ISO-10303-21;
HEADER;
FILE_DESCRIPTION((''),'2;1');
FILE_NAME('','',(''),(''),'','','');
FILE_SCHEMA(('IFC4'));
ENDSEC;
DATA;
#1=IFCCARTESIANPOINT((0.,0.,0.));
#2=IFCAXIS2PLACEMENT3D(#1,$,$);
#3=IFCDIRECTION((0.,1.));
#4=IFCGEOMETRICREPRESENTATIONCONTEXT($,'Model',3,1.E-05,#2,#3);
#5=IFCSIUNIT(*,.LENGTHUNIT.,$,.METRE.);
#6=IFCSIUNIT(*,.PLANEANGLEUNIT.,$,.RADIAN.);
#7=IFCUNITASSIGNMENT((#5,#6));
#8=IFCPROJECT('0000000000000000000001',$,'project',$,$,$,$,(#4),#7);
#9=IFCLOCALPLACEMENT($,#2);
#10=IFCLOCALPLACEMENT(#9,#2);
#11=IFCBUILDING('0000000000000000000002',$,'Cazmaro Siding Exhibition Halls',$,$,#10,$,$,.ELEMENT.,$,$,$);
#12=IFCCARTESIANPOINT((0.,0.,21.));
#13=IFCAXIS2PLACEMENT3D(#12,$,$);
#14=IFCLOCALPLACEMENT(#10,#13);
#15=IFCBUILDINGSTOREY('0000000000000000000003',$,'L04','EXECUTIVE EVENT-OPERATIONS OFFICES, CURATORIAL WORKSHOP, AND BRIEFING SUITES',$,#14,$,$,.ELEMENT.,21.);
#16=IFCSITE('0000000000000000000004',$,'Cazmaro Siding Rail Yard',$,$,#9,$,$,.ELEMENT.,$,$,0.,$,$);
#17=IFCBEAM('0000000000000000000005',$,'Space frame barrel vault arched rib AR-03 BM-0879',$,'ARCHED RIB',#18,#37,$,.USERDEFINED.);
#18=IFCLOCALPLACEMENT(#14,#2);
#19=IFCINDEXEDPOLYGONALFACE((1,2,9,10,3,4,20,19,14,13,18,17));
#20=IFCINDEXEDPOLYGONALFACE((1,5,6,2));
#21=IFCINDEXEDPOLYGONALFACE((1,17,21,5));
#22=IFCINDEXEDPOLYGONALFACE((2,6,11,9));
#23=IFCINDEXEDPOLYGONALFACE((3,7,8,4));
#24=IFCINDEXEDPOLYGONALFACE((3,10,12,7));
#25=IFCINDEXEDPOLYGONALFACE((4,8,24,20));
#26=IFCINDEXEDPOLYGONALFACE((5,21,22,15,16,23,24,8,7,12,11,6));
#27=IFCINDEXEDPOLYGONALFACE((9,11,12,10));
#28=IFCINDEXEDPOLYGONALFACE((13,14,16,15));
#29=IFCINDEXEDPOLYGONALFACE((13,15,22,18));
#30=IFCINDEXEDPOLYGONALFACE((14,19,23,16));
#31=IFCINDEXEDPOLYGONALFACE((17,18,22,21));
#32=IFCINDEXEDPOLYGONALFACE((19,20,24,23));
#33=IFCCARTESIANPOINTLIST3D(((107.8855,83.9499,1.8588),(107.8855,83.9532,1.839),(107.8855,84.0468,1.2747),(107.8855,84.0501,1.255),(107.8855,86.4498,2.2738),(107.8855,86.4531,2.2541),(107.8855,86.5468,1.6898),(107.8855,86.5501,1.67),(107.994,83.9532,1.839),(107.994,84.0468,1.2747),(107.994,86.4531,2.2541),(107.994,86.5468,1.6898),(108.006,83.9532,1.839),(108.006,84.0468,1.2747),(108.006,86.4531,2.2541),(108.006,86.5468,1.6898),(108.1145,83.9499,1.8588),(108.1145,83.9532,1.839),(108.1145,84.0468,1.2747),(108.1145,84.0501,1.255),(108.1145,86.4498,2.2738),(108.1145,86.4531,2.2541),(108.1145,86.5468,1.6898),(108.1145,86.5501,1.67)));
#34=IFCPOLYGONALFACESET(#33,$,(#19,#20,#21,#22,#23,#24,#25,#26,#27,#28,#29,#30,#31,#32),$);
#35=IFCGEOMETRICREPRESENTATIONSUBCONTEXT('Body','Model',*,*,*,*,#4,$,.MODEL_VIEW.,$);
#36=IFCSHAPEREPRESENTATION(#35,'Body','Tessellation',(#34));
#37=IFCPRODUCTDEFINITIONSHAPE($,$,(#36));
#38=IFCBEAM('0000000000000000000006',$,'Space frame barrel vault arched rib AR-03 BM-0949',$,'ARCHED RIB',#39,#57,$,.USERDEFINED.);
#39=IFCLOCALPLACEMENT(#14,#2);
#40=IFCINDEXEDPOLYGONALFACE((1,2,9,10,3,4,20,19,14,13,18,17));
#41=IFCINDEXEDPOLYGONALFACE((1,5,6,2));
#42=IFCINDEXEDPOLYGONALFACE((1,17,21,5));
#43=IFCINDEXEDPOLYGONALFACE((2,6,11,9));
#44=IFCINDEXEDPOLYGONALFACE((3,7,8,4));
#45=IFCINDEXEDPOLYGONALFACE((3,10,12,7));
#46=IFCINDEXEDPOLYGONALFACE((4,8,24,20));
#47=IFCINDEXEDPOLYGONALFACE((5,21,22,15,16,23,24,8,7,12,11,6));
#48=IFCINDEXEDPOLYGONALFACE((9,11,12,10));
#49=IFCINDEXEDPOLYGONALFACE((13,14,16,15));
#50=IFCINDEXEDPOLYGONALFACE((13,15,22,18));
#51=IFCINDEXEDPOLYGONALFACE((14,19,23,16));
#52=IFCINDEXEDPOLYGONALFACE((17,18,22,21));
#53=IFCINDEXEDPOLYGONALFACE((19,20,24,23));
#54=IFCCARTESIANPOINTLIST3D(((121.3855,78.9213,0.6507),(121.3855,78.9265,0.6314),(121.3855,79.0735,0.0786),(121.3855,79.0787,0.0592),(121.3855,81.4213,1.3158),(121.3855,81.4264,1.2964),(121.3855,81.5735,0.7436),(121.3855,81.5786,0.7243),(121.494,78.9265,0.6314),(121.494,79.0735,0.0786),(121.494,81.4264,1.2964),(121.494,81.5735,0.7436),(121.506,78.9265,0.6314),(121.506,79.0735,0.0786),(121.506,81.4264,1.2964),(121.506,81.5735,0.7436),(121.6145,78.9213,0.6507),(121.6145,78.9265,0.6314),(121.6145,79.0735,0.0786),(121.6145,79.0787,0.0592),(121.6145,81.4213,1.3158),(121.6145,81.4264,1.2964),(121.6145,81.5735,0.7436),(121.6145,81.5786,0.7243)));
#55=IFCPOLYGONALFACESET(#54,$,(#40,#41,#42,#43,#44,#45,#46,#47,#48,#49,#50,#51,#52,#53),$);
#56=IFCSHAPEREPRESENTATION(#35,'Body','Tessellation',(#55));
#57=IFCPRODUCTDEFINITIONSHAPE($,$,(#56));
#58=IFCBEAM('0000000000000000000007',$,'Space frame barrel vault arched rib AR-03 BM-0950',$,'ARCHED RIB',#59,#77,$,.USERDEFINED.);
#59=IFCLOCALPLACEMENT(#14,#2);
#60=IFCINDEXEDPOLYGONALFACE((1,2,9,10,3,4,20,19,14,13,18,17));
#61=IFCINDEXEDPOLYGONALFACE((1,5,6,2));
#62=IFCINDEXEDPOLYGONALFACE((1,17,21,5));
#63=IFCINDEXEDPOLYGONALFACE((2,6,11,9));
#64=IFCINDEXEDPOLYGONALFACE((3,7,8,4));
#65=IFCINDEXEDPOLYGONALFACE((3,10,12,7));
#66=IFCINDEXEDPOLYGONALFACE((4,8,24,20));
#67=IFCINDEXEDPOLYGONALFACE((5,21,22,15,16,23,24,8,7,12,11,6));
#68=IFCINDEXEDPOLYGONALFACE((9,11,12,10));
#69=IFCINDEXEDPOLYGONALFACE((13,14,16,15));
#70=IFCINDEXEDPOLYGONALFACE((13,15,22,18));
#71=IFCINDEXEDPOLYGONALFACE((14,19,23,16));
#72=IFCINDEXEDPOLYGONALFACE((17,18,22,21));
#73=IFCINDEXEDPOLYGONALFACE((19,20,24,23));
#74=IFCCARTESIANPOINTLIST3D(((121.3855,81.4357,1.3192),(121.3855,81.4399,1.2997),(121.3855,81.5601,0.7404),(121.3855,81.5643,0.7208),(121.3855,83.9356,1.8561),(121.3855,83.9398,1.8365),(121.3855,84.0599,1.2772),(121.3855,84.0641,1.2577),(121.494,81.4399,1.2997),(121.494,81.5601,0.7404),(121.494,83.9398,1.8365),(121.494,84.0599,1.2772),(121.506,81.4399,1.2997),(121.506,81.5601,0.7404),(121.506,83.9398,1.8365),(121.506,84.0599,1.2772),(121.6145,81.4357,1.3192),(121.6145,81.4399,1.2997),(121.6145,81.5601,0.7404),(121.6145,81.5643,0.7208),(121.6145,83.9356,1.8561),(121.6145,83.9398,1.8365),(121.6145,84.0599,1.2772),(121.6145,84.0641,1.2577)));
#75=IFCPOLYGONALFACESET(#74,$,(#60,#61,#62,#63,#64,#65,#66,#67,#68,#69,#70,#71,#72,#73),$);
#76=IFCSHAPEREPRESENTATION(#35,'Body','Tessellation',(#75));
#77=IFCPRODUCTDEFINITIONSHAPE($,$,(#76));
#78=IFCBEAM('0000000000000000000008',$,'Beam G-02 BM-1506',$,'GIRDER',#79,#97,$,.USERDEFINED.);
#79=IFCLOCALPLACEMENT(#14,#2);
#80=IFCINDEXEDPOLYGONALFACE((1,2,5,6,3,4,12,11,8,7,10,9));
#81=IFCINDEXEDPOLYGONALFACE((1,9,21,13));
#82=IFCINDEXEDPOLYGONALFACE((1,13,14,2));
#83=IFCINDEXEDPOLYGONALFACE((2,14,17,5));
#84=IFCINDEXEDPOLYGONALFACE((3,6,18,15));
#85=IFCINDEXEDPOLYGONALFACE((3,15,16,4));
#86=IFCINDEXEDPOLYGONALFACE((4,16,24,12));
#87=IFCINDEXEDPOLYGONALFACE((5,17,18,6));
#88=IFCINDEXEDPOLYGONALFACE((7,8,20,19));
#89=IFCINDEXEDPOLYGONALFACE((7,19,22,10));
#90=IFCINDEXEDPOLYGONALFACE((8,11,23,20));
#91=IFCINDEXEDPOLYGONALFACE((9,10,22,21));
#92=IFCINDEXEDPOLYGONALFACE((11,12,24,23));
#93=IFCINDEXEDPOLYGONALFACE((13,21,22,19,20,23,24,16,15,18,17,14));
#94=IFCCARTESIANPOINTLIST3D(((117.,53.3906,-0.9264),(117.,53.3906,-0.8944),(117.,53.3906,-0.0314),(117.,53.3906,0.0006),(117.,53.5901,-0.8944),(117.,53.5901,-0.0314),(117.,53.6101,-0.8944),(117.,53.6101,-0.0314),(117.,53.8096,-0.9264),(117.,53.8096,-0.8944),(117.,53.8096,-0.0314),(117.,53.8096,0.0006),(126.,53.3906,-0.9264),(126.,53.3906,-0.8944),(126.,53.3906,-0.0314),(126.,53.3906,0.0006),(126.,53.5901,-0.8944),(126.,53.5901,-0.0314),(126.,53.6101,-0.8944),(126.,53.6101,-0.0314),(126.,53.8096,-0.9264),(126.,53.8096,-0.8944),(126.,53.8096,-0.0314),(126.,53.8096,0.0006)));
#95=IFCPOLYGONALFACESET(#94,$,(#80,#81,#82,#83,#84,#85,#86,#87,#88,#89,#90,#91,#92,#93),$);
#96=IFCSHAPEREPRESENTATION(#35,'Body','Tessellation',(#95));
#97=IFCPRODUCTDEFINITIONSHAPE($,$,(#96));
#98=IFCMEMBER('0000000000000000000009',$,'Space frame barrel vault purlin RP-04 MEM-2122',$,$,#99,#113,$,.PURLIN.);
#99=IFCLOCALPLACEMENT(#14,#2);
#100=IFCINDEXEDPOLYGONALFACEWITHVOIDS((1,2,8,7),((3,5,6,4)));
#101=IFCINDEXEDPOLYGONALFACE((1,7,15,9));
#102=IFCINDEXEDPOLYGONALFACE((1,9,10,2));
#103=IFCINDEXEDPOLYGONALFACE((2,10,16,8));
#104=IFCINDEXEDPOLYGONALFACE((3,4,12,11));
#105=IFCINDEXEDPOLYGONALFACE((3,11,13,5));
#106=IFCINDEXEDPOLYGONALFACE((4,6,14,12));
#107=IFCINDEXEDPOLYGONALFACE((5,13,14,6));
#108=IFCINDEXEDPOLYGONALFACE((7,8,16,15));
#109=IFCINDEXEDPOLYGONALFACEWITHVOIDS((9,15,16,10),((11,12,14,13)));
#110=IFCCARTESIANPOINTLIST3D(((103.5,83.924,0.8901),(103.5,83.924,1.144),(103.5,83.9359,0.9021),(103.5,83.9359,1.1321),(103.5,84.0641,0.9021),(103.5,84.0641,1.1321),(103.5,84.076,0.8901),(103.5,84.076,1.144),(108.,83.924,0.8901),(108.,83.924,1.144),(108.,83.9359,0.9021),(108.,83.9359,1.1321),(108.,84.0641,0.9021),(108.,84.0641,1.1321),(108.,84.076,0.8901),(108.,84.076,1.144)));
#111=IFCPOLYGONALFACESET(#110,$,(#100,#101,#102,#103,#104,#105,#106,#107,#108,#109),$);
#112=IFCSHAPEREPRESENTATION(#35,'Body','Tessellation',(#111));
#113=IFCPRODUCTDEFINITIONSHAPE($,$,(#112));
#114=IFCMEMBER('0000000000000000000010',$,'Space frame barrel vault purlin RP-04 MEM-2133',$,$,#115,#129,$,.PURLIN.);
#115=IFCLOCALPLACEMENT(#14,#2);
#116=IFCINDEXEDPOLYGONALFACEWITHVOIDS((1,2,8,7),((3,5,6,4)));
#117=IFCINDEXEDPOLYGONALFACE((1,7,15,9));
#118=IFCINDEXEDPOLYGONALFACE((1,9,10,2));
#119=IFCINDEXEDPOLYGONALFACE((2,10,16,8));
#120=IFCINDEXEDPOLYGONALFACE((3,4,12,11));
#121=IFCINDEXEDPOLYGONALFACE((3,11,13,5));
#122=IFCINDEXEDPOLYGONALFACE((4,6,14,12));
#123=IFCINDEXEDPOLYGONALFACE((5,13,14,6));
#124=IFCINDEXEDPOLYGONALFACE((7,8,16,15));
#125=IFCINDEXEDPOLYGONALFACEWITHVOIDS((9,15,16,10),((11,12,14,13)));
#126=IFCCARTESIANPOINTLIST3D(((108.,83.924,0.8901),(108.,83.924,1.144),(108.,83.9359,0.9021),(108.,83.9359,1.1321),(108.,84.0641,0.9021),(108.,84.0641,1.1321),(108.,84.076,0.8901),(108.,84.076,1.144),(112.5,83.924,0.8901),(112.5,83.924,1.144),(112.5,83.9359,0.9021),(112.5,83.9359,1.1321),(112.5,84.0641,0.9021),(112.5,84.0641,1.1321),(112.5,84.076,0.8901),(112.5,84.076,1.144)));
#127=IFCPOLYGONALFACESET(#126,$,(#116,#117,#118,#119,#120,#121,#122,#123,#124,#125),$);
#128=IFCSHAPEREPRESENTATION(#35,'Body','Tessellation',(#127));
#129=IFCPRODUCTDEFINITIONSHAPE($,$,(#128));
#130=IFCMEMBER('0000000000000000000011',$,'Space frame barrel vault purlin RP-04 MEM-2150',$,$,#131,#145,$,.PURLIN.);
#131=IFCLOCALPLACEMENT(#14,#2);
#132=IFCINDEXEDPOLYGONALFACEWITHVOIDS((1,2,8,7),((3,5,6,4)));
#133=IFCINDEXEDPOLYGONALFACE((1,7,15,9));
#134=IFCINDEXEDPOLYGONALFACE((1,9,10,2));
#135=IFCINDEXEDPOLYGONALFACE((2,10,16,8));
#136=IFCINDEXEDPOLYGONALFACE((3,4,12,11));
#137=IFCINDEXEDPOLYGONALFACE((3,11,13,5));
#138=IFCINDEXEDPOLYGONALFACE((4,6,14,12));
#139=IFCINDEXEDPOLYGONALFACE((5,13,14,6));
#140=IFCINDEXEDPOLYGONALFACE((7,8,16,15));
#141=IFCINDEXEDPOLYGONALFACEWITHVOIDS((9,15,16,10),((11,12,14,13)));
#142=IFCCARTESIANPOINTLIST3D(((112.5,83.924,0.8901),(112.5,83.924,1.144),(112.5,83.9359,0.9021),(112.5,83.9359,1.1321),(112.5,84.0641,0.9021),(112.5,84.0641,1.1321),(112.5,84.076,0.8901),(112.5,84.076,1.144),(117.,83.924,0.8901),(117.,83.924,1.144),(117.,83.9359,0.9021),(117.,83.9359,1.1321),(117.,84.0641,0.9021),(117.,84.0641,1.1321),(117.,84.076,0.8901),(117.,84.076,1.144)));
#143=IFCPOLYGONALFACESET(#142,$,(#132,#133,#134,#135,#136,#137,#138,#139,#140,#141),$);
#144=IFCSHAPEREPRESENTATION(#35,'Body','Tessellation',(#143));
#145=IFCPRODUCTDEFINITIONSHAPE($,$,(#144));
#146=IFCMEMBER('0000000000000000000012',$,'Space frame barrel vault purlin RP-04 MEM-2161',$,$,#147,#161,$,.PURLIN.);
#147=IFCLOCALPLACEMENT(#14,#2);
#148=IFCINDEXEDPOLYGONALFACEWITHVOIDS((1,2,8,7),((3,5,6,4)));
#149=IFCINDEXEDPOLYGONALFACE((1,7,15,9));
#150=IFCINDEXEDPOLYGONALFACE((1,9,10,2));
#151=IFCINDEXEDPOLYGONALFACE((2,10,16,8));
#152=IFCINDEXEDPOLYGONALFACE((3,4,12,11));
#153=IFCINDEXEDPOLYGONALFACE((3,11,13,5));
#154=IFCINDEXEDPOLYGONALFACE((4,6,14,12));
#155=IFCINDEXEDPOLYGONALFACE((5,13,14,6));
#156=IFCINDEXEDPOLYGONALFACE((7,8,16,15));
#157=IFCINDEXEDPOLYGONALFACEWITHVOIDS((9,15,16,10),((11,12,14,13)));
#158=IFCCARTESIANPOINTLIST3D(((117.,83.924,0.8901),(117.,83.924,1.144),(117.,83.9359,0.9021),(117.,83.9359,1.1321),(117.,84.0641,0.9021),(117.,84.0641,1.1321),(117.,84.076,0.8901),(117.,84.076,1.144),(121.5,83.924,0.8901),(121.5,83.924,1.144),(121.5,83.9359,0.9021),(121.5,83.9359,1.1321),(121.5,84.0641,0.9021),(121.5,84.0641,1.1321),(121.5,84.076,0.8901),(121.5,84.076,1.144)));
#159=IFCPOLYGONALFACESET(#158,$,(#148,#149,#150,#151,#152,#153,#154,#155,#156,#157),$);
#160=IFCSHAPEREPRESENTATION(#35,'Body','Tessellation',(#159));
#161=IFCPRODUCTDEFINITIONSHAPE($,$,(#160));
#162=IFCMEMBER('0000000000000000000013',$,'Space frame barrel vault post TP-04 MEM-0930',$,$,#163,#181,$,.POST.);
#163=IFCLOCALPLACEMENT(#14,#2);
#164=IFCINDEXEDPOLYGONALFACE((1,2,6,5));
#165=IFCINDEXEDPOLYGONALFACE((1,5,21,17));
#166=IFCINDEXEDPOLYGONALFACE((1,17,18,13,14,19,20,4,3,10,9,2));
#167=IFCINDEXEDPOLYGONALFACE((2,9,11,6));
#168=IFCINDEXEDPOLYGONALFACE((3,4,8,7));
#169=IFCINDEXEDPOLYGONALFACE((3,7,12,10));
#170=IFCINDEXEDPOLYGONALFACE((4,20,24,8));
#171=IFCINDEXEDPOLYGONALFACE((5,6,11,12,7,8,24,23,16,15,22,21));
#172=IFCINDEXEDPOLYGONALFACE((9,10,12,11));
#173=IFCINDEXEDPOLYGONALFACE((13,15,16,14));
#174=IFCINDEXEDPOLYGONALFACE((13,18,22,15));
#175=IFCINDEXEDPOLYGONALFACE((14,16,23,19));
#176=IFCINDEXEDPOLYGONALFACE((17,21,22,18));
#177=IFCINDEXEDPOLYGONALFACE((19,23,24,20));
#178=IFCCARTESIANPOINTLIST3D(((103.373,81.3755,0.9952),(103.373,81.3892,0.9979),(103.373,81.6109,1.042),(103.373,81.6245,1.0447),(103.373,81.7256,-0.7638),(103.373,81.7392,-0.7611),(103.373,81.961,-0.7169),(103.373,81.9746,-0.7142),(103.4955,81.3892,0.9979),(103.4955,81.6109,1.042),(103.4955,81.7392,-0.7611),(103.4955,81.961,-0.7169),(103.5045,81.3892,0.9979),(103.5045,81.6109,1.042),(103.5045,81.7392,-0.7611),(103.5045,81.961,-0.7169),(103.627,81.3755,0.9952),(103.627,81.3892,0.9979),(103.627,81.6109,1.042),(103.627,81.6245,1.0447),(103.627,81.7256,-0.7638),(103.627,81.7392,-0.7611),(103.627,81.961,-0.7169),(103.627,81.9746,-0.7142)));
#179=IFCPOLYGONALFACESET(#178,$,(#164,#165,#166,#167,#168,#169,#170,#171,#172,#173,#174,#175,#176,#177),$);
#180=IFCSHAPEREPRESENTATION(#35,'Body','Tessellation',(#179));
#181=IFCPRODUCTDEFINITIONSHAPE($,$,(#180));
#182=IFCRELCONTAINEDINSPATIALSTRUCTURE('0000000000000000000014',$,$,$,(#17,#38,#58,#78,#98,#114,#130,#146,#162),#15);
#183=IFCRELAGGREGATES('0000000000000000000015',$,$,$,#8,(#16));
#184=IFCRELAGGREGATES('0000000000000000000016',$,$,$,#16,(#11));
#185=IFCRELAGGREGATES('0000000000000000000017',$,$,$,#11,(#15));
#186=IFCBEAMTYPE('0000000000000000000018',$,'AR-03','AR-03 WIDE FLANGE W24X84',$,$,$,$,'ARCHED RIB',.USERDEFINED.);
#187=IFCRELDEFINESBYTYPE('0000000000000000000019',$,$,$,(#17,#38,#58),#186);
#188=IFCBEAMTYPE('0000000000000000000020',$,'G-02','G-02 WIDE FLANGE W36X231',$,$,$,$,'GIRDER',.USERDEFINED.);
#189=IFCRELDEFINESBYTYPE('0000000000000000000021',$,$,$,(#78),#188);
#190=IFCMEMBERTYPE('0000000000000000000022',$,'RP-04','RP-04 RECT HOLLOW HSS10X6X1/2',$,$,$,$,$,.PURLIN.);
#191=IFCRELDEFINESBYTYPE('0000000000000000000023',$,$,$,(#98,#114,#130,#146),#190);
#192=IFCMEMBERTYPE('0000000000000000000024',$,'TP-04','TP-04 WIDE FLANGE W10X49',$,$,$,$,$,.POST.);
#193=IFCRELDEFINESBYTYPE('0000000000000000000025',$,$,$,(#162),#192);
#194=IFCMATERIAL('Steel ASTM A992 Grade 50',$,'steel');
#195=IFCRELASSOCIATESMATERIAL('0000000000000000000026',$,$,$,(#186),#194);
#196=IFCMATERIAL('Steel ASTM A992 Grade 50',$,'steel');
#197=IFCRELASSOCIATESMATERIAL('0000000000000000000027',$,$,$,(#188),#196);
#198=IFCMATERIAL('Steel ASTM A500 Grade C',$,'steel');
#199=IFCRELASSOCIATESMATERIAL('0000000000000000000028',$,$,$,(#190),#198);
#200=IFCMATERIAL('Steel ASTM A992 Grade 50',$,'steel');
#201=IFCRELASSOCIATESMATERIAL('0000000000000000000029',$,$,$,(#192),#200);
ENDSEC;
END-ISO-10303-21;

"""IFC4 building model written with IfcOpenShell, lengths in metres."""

from ifc_helpers import new_model, si_unit, direction, frame, origin, origin_2d, place, context, subcontext, project, spatial, hollow_rectangle, i_section, extrude, material, material_profile, profile_set, type_object, element, save


model = new_model("IFC4")

# Units and contexts
model_context = context("Model", 3, precision=1e-05, world=origin(), true_north=direction((0.0, 1.0)))
body_context = subcontext(model_context, "Body", "Model", "MODEL_VIEW")
ifc_project = project(units=[si_unit("LENGTHUNIT", "METRE"), si_unit("PLANEANGLEUNIT", "RADIAN")], contexts=[model_context])

# Site, building, storey
site_placement = place(None, origin())
site = spatial("IfcSite", under=ifc_project, at=site_placement, Name="Cazmaro Siding Rail Yard", CompositionType="ELEMENT", RefElevation=0.0)
building_placement = place(site_placement, origin())
building = spatial("IfcBuilding", under=site, at=building_placement, Name="Cazmaro Siding Exhibition Halls", CompositionType="ELEMENT")
storey_placement = place(building_placement, frame((0.0, 0.0, 21.0)))
storey = spatial("IfcBuildingStorey", under=building, at=storey_placement, Name="L04", Description="EXECUTIVE EVENT-OPERATIONS OFFICES, CURATORIAL WORKSHOP, AND BRIEFING SUITES", CompositionType="ELEMENT", Elevation=21.0)

# Beams
ifc_material_1 = material(Name="Steel ASTM A992 Grade 50", Category="steel")
ifc_material_profile_1 = material_profile(ifc_material_1, i_section(OverallWidth=0.229, OverallDepth=0.6121, WebThickness=0.012, FlangeThickness=0.02, at=origin_2d()), Name="W24X84")
ifc_profile_set_1 = profile_set([ifc_material_profile_1], Name="Steel ASTM A992 Grade 50")
beam_type_1 = type_object("IfcBeamType", Name="AR-03", Description="AR-03 WIDE FLANGE W24X84", ElementType="ARCHED RIB", PredefinedType="USERDEFINED", material=ifc_profile_set_1)
beam_1_placement = place(storey_placement, frame((108.0, 84.0, 1.5569), z_axis=(0.0, 0.986498, 0.163774), x_axis=(-1.0, 0.0, 0.0)))
element("IfcBeam", 1, at=beam_1_placement, inside=storey, type_object=beam_type_1, Name="Space frame barrel vault arched rib AR-03 BM-0879", ObjectType="ARCHED RIB", PredefinedType="USERDEFINED", context=body_context, shape_type="SweptSolid", body=[
    extrude(i_section(OverallWidth=0.229, OverallDepth=0.6121, WebThickness=0.012, FlangeThickness=0.02, at=origin_2d()), origin(), (0.0, 0.0, 1.0), 2.5342),
])
beam_2_placement = place(storey_placement, frame((121.5, 79.0, 0.355), z_axis=(0.0, 0.966391, 0.257075), x_axis=(-1.0, 0.0, 0.0)))
element("IfcBeam", 2, at=beam_2_placement, inside=storey, type_object=beam_type_1, Name="Space frame barrel vault arched rib AR-03 BM-0949", ObjectType="ARCHED RIB", PredefinedType="USERDEFINED", context=body_context, shape_type="SweptSolid", body=[
    extrude(i_section(OverallWidth=0.229, OverallDepth=0.6121, WebThickness=0.012, FlangeThickness=0.02, at=origin_2d()), origin(), (0.0, 0.0, 1.0), 2.5869),
])
beam_3_placement = place(storey_placement, frame((121.5, 81.5, 1.02), z_axis=(0.0, 0.97771, 0.209959), x_axis=(-1.0, 0.0, 0.0)))
element("IfcBeam", 3, at=beam_3_placement, inside=storey, type_object=beam_type_1, Name="Space frame barrel vault arched rib AR-03 BM-0950", ObjectType="ARCHED RIB", PredefinedType="USERDEFINED", context=body_context, shape_type="SweptSolid", body=[
    extrude(i_section(OverallWidth=0.229, OverallDepth=0.6121, WebThickness=0.012, FlangeThickness=0.02, at=origin_2d()), origin(), (0.0, 0.0, 1.0), 2.5569),
])
ifc_material_2 = material(Name="Steel ASTM A992 Grade 50", Category="steel")
ifc_material_profile_2 = material_profile(ifc_material_2, i_section(OverallWidth=0.4189, OverallDepth=0.927, WebThickness=0.02, FlangeThickness=0.032, at=origin_2d()), Name="W36X231")
ifc_profile_set_2 = profile_set([ifc_material_profile_2], Name="Steel ASTM A992 Grade 50")
beam_type_2 = type_object("IfcBeamType", Name="G-02", Description="G-02 WIDE FLANGE W36X231", ElementType="GIRDER", PredefinedType="USERDEFINED", material=ifc_profile_set_2)
beam_4_placement = place(storey_placement, frame((117.0, 53.6001, -0.4629), z_axis=(1.0, 0.0, 0.0), x_axis=(0.0, 1.0, 0.0)))
element("IfcBeam", 4, at=beam_4_placement, inside=storey, type_object=beam_type_2, Name="Beam G-02 BM-1506", ObjectType="GIRDER", PredefinedType="USERDEFINED", context=body_context, shape_type="SweptSolid", body=[
    extrude(i_section(OverallWidth=0.4189, OverallDepth=0.927, WebThickness=0.02, FlangeThickness=0.032, at=origin_2d()), origin(), (0.0, 0.0, 1.0), 9.0),
])

# Members
ifc_material_3 = material(Name="Steel ASTM A500 Grade C", Category="steel")
ifc_material_profile_3 = material_profile(ifc_material_3, hollow_rectangle(XDim=0.1521, YDim=0.2539, WallThickness=0.012, at=origin_2d()), Name="HSS10X6X1/2")
ifc_profile_set_3 = profile_set([ifc_material_profile_3], Name="Steel ASTM A500 Grade C")
member_type_1 = type_object("IfcMemberType", Name="RP-04", Description="RP-04 RECT HOLLOW HSS10X6X1/2", PredefinedType="PURLIN", material=ifc_profile_set_3)
for number, where, z_axis, x_axis, name in (
    (5, (103.5, 84.0, 1.0171), (1.0, 0.0, 0.0), (0.0, 1.0, 0.0), "Space frame barrel vault purlin RP-04 MEM-2122"),
    (6, (108.0, 84.0, 1.0171), (1.0, 0.0, 0.0), (0.0, 1.0, 0.0), "Space frame barrel vault purlin RP-04 MEM-2133"),
    (7, (112.5, 84.0, 1.0171), (1.0, 0.0, 0.0), (0.0, 1.0, 0.0), "Space frame barrel vault purlin RP-04 MEM-2150"),
    (8, (117.0, 84.0, 1.0171), (1.0, 0.0, 0.0), (0.0, 1.0, 0.0), "Space frame barrel vault purlin RP-04 MEM-2161"),
):
    element("IfcMember", number, at=place(storey_placement, frame(where, z_axis=z_axis, x_axis=x_axis)), inside=storey, type_object=member_type_1, Name=name, PredefinedType="PURLIN", context=body_context, shape_type="SweptSolid", body=[
        extrude(hollow_rectangle(XDim=0.1521, YDim=0.2539, WallThickness=0.012, at=origin_2d()), origin(), (0.0, 0.0, 1.0), 4.5),
    ])
ifc_material_4 = material(Name="Steel ASTM A992 Grade 50", Category="steel")
ifc_material_profile_4 = material_profile(ifc_material_4, i_section(OverallWidth=0.2539, OverallDepth=0.2539, WebThickness=0.009, FlangeThickness=0.0139, at=origin_2d()), Name="W10X49")
ifc_profile_set_4 = profile_set([ifc_material_profile_4], Name="Steel ASTM A992 Grade 50")
member_type_2 = type_object("IfcMemberType", Name="TP-04", Description="TP-04 WIDE FLANGE W10X49", PredefinedType="POST", material=ifc_profile_set_4)
member_1_placement = place(storey_placement, frame((103.5, 81.8501, -0.739), z_axis=(0.0, -0.1952, 0.980763), x_axis=(1.0, 0.0, 0.0)))
element("IfcMember", 9, at=member_1_placement, inside=storey, type_object=member_type_2, Name="Space frame barrel vault post TP-04 MEM-0930", PredefinedType="POST", context=body_context, shape_type="SweptSolid", body=[
    extrude(i_section(OverallWidth=0.2539, OverallDepth=0.2539, WebThickness=0.009, FlangeThickness=0.0139, at=origin_2d()), origin(), (0.0, 0.0, 1.0), 1.7935),
])

save(model, "model.ifc")
